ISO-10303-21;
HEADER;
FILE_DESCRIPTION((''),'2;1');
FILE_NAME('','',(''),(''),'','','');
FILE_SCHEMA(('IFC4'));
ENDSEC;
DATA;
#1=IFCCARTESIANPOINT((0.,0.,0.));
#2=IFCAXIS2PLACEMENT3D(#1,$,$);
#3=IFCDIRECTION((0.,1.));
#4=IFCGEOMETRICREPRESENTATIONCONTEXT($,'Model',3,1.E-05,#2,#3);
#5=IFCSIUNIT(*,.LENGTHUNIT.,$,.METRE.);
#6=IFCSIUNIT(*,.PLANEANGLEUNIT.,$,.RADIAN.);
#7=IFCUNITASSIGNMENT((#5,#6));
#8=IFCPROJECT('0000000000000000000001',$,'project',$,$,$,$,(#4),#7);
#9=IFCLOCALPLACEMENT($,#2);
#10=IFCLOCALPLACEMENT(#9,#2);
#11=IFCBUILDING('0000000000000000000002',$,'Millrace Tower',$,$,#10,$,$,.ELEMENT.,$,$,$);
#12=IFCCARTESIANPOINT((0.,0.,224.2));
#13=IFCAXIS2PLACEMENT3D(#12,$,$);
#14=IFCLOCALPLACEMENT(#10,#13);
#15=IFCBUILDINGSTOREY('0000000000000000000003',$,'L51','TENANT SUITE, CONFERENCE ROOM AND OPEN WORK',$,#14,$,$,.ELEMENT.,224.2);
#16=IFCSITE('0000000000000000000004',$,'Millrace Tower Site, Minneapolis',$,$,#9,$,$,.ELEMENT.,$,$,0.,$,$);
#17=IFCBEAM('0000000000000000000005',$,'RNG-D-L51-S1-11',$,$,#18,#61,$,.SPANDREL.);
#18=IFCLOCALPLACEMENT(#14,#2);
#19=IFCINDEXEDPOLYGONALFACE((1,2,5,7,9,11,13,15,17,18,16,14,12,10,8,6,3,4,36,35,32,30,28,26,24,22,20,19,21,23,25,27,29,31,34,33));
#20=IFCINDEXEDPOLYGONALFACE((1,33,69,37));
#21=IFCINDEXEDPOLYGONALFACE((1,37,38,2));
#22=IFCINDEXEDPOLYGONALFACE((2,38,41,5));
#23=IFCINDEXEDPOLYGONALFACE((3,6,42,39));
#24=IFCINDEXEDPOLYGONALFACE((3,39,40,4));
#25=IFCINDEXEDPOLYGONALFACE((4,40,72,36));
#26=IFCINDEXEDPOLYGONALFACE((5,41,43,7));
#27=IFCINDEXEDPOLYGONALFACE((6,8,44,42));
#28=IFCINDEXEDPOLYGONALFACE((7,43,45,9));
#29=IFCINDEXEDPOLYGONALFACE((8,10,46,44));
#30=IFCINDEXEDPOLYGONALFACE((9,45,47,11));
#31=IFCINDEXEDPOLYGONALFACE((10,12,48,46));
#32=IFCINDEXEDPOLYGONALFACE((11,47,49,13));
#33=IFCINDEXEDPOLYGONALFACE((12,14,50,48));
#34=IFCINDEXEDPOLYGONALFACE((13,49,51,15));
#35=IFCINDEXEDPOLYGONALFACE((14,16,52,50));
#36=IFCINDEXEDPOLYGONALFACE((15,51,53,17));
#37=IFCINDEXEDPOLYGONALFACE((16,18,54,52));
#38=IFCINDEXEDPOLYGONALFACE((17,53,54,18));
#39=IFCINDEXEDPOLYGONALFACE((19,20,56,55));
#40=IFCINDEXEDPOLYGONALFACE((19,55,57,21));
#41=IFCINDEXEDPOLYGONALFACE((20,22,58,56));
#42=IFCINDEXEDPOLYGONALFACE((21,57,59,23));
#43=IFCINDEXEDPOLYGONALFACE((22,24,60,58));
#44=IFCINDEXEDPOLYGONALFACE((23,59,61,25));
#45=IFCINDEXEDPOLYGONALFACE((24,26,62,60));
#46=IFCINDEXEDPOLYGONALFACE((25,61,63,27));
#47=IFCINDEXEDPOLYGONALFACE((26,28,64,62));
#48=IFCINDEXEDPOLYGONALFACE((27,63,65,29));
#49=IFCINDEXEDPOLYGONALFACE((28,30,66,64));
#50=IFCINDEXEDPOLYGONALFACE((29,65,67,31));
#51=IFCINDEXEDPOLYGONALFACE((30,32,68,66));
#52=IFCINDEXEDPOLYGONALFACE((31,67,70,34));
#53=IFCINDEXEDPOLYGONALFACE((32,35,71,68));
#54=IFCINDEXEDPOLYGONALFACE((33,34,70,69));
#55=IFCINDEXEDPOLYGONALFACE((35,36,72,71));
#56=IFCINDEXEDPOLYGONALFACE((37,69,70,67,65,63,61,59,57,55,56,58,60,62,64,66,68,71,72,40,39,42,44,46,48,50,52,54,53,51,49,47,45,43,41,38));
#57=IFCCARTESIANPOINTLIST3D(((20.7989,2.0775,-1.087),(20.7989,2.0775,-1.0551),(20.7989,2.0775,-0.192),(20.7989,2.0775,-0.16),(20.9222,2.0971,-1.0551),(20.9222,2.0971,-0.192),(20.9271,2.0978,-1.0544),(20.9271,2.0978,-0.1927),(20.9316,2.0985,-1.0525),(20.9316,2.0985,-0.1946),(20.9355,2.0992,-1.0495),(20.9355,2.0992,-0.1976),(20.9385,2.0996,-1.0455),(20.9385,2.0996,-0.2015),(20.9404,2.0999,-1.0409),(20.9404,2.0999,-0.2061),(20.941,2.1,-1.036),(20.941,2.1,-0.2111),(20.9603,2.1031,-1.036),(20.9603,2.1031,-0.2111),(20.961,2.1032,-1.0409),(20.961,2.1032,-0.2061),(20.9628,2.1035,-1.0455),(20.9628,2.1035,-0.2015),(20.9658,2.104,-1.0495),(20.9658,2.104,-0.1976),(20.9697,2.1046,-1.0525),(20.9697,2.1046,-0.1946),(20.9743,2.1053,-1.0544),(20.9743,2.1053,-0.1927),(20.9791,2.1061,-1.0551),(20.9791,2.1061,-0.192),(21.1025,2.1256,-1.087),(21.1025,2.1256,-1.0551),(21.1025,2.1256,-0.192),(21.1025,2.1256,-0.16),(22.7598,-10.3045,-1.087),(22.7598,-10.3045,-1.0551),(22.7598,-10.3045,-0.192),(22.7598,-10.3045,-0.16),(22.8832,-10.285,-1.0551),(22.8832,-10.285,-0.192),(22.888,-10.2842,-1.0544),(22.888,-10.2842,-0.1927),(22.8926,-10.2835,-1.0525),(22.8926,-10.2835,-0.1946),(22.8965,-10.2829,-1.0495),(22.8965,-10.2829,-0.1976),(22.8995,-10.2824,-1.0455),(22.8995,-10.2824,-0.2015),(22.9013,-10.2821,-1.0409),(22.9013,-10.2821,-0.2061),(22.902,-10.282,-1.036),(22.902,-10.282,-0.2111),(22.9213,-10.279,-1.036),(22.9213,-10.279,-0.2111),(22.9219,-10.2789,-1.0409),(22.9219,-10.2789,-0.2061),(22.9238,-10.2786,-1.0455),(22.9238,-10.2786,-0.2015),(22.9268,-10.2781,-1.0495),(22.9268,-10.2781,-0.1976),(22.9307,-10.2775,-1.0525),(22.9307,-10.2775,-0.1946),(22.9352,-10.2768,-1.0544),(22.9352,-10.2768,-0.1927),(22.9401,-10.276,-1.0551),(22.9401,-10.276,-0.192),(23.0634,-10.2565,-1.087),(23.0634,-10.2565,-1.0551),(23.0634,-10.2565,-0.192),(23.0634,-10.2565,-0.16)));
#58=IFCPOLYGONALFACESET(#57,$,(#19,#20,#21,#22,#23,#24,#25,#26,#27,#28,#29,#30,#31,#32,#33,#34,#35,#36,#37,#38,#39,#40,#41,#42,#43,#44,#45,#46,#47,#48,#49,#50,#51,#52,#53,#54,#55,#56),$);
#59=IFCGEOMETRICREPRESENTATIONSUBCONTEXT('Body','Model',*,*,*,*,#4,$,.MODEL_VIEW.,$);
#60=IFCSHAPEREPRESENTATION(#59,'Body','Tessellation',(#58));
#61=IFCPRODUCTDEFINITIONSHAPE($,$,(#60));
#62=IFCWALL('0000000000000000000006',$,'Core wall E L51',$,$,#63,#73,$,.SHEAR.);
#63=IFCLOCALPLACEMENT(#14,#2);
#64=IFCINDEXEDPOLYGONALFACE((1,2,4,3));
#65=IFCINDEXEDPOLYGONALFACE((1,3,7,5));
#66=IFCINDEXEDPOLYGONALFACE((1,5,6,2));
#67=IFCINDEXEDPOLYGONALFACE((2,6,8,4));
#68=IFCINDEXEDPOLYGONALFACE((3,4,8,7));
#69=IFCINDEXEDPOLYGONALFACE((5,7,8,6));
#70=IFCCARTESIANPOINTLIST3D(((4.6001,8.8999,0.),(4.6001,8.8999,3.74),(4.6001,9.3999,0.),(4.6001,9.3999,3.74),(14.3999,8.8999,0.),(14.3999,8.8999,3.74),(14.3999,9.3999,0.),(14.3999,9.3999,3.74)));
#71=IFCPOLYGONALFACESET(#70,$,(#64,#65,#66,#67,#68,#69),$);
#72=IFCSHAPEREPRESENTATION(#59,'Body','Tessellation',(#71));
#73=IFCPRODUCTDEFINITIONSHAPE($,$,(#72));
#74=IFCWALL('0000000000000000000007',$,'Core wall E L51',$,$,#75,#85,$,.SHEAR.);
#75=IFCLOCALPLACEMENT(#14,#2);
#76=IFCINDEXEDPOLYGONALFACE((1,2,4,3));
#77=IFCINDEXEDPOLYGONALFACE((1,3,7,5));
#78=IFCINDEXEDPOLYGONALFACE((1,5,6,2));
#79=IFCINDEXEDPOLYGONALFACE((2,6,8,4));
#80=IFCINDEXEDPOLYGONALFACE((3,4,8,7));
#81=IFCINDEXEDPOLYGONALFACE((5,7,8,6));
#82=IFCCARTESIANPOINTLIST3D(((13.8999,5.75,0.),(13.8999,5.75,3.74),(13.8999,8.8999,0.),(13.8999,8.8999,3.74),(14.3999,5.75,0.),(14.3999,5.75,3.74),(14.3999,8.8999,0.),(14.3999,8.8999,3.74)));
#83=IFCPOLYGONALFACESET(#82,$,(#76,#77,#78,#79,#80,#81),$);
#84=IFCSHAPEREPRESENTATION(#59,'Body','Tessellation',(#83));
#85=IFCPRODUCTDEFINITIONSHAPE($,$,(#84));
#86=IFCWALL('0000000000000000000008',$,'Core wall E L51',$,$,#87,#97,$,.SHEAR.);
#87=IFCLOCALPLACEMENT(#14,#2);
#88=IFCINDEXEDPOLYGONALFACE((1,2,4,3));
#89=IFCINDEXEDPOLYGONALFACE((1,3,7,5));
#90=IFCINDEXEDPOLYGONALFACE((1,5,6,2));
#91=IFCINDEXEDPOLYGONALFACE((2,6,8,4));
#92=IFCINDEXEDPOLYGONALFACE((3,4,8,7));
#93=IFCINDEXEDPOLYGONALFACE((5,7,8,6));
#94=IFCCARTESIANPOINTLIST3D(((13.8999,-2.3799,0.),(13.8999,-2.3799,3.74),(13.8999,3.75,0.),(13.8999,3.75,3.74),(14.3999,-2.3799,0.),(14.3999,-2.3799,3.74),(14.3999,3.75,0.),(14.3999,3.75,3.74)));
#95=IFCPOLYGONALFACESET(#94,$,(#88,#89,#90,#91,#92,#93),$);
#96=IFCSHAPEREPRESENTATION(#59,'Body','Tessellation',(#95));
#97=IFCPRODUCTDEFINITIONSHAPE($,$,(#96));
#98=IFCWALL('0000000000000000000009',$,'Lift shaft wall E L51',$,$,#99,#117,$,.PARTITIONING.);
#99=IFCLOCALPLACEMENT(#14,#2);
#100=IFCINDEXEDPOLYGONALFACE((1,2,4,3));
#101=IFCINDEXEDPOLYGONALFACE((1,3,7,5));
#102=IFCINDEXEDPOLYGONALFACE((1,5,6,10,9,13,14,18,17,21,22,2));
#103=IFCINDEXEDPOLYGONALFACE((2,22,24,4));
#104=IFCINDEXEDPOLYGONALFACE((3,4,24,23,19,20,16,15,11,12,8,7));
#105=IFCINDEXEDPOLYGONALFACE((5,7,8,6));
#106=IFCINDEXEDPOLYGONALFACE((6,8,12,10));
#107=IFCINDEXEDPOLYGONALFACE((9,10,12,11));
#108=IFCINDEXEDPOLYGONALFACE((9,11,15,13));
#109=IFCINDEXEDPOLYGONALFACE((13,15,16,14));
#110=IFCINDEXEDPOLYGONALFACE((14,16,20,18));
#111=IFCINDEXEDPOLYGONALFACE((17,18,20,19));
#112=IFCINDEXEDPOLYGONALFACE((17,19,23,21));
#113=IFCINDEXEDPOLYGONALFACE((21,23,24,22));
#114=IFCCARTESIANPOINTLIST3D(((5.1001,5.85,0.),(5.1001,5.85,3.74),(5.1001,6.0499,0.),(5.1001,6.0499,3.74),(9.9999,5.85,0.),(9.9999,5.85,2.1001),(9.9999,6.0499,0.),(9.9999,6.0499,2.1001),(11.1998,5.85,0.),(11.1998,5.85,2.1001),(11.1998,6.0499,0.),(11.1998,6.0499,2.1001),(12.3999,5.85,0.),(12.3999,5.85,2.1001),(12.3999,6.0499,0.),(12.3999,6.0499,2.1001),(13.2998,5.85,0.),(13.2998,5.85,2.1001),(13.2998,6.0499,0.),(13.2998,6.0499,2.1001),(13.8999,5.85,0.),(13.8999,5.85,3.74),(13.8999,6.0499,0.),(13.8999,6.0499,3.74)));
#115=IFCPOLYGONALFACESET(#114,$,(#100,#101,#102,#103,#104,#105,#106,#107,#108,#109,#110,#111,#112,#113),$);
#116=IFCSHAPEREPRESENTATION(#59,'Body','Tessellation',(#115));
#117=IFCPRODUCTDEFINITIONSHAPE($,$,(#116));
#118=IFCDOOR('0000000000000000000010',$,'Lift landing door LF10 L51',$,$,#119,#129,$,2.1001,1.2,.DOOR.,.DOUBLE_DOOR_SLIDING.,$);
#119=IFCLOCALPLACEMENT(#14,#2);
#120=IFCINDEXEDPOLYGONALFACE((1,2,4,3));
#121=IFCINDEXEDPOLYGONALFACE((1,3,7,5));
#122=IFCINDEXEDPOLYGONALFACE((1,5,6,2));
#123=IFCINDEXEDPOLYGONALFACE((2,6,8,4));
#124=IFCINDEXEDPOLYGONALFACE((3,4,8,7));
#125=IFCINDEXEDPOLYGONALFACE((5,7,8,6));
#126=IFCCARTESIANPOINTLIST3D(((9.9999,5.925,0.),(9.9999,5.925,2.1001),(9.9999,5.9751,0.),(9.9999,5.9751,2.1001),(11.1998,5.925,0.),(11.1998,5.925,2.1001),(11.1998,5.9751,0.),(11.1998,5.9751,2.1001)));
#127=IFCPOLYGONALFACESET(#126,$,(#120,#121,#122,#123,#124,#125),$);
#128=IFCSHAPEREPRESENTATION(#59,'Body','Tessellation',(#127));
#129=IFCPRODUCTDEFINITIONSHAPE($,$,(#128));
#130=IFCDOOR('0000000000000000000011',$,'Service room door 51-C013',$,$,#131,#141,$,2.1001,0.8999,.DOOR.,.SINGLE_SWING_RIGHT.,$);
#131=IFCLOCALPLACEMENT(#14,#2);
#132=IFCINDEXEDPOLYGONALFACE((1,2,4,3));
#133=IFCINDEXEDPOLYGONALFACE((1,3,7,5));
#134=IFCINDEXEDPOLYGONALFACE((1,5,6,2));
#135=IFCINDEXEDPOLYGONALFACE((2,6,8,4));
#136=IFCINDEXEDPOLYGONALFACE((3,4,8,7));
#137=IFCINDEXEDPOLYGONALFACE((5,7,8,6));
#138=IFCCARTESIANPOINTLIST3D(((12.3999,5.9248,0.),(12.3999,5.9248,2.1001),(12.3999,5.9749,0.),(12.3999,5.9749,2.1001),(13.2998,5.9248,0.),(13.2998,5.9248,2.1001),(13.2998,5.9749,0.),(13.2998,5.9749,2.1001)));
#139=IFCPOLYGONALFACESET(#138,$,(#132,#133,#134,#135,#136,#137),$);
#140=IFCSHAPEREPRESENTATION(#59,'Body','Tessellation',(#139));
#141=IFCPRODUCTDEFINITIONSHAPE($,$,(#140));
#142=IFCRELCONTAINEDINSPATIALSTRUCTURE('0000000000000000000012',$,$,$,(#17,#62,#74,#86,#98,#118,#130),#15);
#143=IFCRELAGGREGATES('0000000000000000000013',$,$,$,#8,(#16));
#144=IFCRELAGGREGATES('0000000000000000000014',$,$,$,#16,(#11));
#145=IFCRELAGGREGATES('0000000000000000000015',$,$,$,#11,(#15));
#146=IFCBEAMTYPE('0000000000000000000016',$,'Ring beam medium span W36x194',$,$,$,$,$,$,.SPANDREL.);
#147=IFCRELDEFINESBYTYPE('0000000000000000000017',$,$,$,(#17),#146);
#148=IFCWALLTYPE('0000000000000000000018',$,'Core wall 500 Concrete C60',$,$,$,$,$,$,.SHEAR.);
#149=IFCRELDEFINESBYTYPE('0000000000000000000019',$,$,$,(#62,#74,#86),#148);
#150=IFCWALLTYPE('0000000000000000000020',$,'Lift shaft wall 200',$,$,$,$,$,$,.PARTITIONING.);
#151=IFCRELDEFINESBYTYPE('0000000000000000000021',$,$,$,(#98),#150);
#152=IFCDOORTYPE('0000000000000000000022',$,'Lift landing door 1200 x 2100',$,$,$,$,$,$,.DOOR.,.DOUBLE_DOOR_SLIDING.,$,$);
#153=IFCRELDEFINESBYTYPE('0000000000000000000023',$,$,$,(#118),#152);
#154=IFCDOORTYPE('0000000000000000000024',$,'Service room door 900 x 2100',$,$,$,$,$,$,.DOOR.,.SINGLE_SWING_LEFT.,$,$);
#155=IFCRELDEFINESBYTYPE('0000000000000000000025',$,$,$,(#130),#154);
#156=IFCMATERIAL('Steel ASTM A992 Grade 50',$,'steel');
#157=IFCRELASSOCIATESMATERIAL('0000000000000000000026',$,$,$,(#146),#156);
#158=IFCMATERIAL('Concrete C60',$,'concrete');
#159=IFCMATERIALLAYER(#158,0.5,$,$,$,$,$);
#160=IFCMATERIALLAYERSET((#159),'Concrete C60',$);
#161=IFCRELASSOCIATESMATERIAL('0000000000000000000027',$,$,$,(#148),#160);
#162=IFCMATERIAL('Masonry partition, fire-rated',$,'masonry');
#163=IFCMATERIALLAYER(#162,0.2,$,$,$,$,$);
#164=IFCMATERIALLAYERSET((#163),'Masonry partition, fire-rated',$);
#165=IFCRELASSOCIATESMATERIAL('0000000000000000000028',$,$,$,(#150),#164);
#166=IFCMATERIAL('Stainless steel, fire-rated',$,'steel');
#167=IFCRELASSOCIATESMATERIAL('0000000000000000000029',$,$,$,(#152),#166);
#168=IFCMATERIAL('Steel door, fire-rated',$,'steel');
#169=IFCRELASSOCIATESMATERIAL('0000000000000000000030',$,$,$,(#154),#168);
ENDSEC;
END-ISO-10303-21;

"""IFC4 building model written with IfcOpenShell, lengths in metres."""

from ifc_helpers import new_model, si_unit, direction, frame, frame_2d, origin, origin_2d, place, context, subcontext, project, spatial, rectangle, i_section, extrude, material, layer, layer_set, material_profile, profile_set, type_object, element, fill, save


model = new_model("IFC4")

# Units and contexts
model_context = context("Model", 3, precision=1e-05, world=origin(), true_north=direction((0.0, 1.0)))
body_context = subcontext(model_context, "Body", "Model", "MODEL_VIEW")
ifc_project = project(units=[si_unit("LENGTHUNIT", "METRE"), si_unit("PLANEANGLEUNIT", "RADIAN")], contexts=[model_context])

# Site, building, storey
site_placement = place(None, origin())
site = spatial("IfcSite", under=ifc_project, at=site_placement, Name="Millrace Tower Site, Minneapolis", CompositionType="ELEMENT", RefElevation=0.0)
building_placement = place(site_placement, origin())
building = spatial("IfcBuilding", under=site, at=building_placement, Name="Millrace Tower", CompositionType="ELEMENT")
storey_placement = place(building_placement, frame((0.0, 0.0, 224.2)))
storey = spatial("IfcBuildingStorey", under=building, at=storey_placement, Name="L51", Description="TENANT SUITE, CONFERENCE ROOM AND OPEN WORK", CompositionType="ELEMENT", Elevation=224.2)

# Beam
ifc_material_1 = material(Name="Steel ASTM A992 Grade 50", Category="steel")
ifc_material_profile_1 = material_profile(ifc_material_1, i_section(OverallWidth=0.3074, OverallDepth=0.927, WebThickness=0.0195, FlangeThickness=0.032, FilletRadius=0.019, at=origin_2d()))
ifc_profile_set_1 = profile_set([ifc_material_profile_1], Name="Steel ASTM A992 Grade 50")
beam_type_1 = type_object("IfcBeamType", Name="Ring beam medium span W36x194", PredefinedType="SPANDREL", material=ifc_profile_set_1)
beam_1_placement = place(storey_placement, frame((20.9507, 2.1016, -0.6235), z_axis=(0.15642, -0.987691, 0.0), x_axis=(0.987691, 0.15642, 0.0)))
element("IfcBeam", 1, at=beam_1_placement, inside=storey, type_object=beam_type_1, Name="RNG-D-L51-S1-11", PredefinedType="SPANDREL", context=body_context, shape_type="SweptSolid", body=[
    extrude(i_section(OverallWidth=0.3074, OverallDepth=0.927, WebThickness=0.0195, FlangeThickness=0.032, FilletRadius=0.019, at=origin_2d()), origin(), (0.0, 0.0, 1.0), 12.5364),
])

# Walls
ifc_material_2 = material(Name="Concrete C60", Category="concrete")
ifc_layer_1 = layer(ifc_material_2, 0.5)
ifc_layer_set_1 = layer_set([ifc_layer_1], Name="Concrete C60")
wall_type_1 = type_object("IfcWallType", Name="Core wall 500 Concrete C60", PredefinedType="SHEAR", material=ifc_layer_set_1)
wall_1_placement = place(storey_placement, frame((14.3999, 9.1499, 0.0), z_axis=(0.0, 0.0, 1.0), x_axis=(-1.0, 0.0, 0.0)))
element("IfcWall", 2, at=wall_1_placement, inside=storey, type_object=wall_type_1, Name="Core wall E L51", PredefinedType="SHEAR", context=body_context, shape_type="SweptSolid", body=[
    extrude(rectangle(XDim=9.7998, YDim=0.5, at=frame_2d((4.8999, 0.0))), origin(), (0.0, 0.0, 1.0), 3.74),
])
wall_2_placement = place(storey_placement, frame((14.1499, 8.8999, 0.0), z_axis=(0.0, 0.0, 1.0), x_axis=(0.0, -1.0, 0.0)))
element("IfcWall", 3, at=wall_2_placement, inside=storey, type_object=wall_type_1, Name="Core wall E L51", PredefinedType="SHEAR", context=body_context, shape_type="SweptSolid", body=[
    extrude(rectangle(XDim=3.1499, YDim=0.5, at=frame_2d((1.575, 0.0))), origin(), (0.0, 0.0, 1.0), 3.74),
])
wall_3_placement = place(storey_placement, frame((14.1499, 3.75, 0.0), z_axis=(0.0, 0.0, 1.0), x_axis=(0.0, -1.0, 0.0)))
element("IfcWall", 4, at=wall_3_placement, inside=storey, type_object=wall_type_1, Name="Core wall E L51", PredefinedType="SHEAR", context=body_context, shape_type="SweptSolid", body=[
    extrude(rectangle(XDim=6.1299, YDim=0.5, at=frame_2d((3.0649, 0.0))), origin(), (0.0, 0.0, 1.0), 3.74),
])

# Wall, openings, doors
ifc_material_3 = material(Name="Masonry partition, fire-rated", Category="masonry")
ifc_layer_2 = layer(ifc_material_3, 0.2)
ifc_layer_set_2 = layer_set([ifc_layer_2], Name="Masonry partition, fire-rated")
wall_type_2 = type_object("IfcWallType", Name="Lift shaft wall 200", PredefinedType="PARTITIONING", material=ifc_layer_set_2)
wall_4_placement = place(storey_placement, frame((13.8999, 5.95, 0.0), z_axis=(0.0, 0.0, 1.0), x_axis=(-1.0, 0.0, 0.0)))
wall_4 = element("IfcWall", 5, at=wall_4_placement, inside=storey, type_object=wall_type_2, Name="Lift shaft wall E L51", PredefinedType="PARTITIONING", context=body_context, shape_type="SweptSolid", body=[
    extrude(rectangle(XDim=8.7998, YDim=0.2, at=frame_2d((4.3999, 0.0))), origin(), (0.0, 0.0, 1.0), 3.74),
])
opening_1_placement = place(wall_4_placement, frame((2.7, 0.0, 0.0)))
opening_1 = element("IfcOpeningElement", 6, at=opening_1_placement, cuts=wall_4, PredefinedType="OPENING", context=body_context, shape_type="SweptSolid", body=[
    extrude(rectangle(XDim=1.2, YDim=2.1001, at=frame_2d((0.6001, 1.05))), frame((0.0, 0.1099, 0.0), z_axis=(0.0, -1.0, 0.0), x_axis=(1.0, 0.0, 0.0)), (0.0, 0.0, 1.0), 0.22),
])
opening_2_placement = place(wall_4_placement, frame((0.6001, 0.0, 0.0)))
opening_2 = element("IfcOpeningElement", 7, at=opening_2_placement, cuts=wall_4, PredefinedType="OPENING", context=body_context, shape_type="SweptSolid", body=[
    extrude(rectangle(XDim=0.8999, YDim=2.1001, at=frame_2d((0.45, 1.05))), frame((0.0, 0.1099, 0.0), z_axis=(0.0, -1.0, 0.0), x_axis=(1.0, 0.0, 0.0)), (0.0, 0.0, 1.0), 0.22),
])
ifc_material_4 = material(Name="Stainless steel, fire-rated", Category="steel")
door_type_1 = type_object("IfcDoorType", Name="Lift landing door 1200 x 2100", OperationType="DOUBLE_DOOR_SLIDING", PredefinedType="DOOR", material=ifc_material_4)
door_1_placement = place(opening_1_placement, origin())
door_1 = element("IfcDoor", 8, at=door_1_placement, inside=storey, type_object=door_type_1, Name="Lift landing door LF10 L51", OperationType="DOUBLE_DOOR_SLIDING", OverallHeight=2.1001, OverallWidth=1.2, PredefinedType="DOOR", context=body_context, shape_type="SweptSolid", body=[
    extrude(rectangle(XDim=1.2, YDim=2.1001, at=frame_2d((0.6001, 1.05))), frame((0.0, 0.0249, 0.0), z_axis=(0.0, -1.0, 0.0), x_axis=(1.0, 0.0, 0.0)), (0.0, 0.0, 1.0), 0.05),
])
fill(opening_1, door_1)
ifc_material_5 = material(Name="Steel door, fire-rated", Category="steel")
door_type_2 = type_object("IfcDoorType", Name="Service room door 900 x 2100", OperationType="SINGLE_SWING_LEFT", PredefinedType="DOOR", material=ifc_material_5)
door_2_placement = place(opening_2_placement, frame((0.8999, 0.0, 0.0), z_axis=(0.0, 0.0, 1.0), x_axis=(-1.0, 0.0, 0.0)))
door_2 = element("IfcDoor", 9, at=door_2_placement, inside=storey, type_object=door_type_2, Name="Service room door 51-C013", OperationType="SINGLE_SWING_RIGHT", OverallHeight=2.1001, OverallWidth=0.8999, PredefinedType="DOOR", context=body_context, shape_type="SweptSolid", body=[
    extrude(rectangle(XDim=0.8999, YDim=2.1001, at=frame_2d((0.45, 1.05))), frame((0.0, 0.0249, 0.0), z_axis=(0.0, -1.0, 0.0), x_axis=(1.0, 0.0, 0.0)), (0.0, 0.0, 1.0), 0.05),
])
fill(opening_2, door_2)

save(model, "model.ifc")
